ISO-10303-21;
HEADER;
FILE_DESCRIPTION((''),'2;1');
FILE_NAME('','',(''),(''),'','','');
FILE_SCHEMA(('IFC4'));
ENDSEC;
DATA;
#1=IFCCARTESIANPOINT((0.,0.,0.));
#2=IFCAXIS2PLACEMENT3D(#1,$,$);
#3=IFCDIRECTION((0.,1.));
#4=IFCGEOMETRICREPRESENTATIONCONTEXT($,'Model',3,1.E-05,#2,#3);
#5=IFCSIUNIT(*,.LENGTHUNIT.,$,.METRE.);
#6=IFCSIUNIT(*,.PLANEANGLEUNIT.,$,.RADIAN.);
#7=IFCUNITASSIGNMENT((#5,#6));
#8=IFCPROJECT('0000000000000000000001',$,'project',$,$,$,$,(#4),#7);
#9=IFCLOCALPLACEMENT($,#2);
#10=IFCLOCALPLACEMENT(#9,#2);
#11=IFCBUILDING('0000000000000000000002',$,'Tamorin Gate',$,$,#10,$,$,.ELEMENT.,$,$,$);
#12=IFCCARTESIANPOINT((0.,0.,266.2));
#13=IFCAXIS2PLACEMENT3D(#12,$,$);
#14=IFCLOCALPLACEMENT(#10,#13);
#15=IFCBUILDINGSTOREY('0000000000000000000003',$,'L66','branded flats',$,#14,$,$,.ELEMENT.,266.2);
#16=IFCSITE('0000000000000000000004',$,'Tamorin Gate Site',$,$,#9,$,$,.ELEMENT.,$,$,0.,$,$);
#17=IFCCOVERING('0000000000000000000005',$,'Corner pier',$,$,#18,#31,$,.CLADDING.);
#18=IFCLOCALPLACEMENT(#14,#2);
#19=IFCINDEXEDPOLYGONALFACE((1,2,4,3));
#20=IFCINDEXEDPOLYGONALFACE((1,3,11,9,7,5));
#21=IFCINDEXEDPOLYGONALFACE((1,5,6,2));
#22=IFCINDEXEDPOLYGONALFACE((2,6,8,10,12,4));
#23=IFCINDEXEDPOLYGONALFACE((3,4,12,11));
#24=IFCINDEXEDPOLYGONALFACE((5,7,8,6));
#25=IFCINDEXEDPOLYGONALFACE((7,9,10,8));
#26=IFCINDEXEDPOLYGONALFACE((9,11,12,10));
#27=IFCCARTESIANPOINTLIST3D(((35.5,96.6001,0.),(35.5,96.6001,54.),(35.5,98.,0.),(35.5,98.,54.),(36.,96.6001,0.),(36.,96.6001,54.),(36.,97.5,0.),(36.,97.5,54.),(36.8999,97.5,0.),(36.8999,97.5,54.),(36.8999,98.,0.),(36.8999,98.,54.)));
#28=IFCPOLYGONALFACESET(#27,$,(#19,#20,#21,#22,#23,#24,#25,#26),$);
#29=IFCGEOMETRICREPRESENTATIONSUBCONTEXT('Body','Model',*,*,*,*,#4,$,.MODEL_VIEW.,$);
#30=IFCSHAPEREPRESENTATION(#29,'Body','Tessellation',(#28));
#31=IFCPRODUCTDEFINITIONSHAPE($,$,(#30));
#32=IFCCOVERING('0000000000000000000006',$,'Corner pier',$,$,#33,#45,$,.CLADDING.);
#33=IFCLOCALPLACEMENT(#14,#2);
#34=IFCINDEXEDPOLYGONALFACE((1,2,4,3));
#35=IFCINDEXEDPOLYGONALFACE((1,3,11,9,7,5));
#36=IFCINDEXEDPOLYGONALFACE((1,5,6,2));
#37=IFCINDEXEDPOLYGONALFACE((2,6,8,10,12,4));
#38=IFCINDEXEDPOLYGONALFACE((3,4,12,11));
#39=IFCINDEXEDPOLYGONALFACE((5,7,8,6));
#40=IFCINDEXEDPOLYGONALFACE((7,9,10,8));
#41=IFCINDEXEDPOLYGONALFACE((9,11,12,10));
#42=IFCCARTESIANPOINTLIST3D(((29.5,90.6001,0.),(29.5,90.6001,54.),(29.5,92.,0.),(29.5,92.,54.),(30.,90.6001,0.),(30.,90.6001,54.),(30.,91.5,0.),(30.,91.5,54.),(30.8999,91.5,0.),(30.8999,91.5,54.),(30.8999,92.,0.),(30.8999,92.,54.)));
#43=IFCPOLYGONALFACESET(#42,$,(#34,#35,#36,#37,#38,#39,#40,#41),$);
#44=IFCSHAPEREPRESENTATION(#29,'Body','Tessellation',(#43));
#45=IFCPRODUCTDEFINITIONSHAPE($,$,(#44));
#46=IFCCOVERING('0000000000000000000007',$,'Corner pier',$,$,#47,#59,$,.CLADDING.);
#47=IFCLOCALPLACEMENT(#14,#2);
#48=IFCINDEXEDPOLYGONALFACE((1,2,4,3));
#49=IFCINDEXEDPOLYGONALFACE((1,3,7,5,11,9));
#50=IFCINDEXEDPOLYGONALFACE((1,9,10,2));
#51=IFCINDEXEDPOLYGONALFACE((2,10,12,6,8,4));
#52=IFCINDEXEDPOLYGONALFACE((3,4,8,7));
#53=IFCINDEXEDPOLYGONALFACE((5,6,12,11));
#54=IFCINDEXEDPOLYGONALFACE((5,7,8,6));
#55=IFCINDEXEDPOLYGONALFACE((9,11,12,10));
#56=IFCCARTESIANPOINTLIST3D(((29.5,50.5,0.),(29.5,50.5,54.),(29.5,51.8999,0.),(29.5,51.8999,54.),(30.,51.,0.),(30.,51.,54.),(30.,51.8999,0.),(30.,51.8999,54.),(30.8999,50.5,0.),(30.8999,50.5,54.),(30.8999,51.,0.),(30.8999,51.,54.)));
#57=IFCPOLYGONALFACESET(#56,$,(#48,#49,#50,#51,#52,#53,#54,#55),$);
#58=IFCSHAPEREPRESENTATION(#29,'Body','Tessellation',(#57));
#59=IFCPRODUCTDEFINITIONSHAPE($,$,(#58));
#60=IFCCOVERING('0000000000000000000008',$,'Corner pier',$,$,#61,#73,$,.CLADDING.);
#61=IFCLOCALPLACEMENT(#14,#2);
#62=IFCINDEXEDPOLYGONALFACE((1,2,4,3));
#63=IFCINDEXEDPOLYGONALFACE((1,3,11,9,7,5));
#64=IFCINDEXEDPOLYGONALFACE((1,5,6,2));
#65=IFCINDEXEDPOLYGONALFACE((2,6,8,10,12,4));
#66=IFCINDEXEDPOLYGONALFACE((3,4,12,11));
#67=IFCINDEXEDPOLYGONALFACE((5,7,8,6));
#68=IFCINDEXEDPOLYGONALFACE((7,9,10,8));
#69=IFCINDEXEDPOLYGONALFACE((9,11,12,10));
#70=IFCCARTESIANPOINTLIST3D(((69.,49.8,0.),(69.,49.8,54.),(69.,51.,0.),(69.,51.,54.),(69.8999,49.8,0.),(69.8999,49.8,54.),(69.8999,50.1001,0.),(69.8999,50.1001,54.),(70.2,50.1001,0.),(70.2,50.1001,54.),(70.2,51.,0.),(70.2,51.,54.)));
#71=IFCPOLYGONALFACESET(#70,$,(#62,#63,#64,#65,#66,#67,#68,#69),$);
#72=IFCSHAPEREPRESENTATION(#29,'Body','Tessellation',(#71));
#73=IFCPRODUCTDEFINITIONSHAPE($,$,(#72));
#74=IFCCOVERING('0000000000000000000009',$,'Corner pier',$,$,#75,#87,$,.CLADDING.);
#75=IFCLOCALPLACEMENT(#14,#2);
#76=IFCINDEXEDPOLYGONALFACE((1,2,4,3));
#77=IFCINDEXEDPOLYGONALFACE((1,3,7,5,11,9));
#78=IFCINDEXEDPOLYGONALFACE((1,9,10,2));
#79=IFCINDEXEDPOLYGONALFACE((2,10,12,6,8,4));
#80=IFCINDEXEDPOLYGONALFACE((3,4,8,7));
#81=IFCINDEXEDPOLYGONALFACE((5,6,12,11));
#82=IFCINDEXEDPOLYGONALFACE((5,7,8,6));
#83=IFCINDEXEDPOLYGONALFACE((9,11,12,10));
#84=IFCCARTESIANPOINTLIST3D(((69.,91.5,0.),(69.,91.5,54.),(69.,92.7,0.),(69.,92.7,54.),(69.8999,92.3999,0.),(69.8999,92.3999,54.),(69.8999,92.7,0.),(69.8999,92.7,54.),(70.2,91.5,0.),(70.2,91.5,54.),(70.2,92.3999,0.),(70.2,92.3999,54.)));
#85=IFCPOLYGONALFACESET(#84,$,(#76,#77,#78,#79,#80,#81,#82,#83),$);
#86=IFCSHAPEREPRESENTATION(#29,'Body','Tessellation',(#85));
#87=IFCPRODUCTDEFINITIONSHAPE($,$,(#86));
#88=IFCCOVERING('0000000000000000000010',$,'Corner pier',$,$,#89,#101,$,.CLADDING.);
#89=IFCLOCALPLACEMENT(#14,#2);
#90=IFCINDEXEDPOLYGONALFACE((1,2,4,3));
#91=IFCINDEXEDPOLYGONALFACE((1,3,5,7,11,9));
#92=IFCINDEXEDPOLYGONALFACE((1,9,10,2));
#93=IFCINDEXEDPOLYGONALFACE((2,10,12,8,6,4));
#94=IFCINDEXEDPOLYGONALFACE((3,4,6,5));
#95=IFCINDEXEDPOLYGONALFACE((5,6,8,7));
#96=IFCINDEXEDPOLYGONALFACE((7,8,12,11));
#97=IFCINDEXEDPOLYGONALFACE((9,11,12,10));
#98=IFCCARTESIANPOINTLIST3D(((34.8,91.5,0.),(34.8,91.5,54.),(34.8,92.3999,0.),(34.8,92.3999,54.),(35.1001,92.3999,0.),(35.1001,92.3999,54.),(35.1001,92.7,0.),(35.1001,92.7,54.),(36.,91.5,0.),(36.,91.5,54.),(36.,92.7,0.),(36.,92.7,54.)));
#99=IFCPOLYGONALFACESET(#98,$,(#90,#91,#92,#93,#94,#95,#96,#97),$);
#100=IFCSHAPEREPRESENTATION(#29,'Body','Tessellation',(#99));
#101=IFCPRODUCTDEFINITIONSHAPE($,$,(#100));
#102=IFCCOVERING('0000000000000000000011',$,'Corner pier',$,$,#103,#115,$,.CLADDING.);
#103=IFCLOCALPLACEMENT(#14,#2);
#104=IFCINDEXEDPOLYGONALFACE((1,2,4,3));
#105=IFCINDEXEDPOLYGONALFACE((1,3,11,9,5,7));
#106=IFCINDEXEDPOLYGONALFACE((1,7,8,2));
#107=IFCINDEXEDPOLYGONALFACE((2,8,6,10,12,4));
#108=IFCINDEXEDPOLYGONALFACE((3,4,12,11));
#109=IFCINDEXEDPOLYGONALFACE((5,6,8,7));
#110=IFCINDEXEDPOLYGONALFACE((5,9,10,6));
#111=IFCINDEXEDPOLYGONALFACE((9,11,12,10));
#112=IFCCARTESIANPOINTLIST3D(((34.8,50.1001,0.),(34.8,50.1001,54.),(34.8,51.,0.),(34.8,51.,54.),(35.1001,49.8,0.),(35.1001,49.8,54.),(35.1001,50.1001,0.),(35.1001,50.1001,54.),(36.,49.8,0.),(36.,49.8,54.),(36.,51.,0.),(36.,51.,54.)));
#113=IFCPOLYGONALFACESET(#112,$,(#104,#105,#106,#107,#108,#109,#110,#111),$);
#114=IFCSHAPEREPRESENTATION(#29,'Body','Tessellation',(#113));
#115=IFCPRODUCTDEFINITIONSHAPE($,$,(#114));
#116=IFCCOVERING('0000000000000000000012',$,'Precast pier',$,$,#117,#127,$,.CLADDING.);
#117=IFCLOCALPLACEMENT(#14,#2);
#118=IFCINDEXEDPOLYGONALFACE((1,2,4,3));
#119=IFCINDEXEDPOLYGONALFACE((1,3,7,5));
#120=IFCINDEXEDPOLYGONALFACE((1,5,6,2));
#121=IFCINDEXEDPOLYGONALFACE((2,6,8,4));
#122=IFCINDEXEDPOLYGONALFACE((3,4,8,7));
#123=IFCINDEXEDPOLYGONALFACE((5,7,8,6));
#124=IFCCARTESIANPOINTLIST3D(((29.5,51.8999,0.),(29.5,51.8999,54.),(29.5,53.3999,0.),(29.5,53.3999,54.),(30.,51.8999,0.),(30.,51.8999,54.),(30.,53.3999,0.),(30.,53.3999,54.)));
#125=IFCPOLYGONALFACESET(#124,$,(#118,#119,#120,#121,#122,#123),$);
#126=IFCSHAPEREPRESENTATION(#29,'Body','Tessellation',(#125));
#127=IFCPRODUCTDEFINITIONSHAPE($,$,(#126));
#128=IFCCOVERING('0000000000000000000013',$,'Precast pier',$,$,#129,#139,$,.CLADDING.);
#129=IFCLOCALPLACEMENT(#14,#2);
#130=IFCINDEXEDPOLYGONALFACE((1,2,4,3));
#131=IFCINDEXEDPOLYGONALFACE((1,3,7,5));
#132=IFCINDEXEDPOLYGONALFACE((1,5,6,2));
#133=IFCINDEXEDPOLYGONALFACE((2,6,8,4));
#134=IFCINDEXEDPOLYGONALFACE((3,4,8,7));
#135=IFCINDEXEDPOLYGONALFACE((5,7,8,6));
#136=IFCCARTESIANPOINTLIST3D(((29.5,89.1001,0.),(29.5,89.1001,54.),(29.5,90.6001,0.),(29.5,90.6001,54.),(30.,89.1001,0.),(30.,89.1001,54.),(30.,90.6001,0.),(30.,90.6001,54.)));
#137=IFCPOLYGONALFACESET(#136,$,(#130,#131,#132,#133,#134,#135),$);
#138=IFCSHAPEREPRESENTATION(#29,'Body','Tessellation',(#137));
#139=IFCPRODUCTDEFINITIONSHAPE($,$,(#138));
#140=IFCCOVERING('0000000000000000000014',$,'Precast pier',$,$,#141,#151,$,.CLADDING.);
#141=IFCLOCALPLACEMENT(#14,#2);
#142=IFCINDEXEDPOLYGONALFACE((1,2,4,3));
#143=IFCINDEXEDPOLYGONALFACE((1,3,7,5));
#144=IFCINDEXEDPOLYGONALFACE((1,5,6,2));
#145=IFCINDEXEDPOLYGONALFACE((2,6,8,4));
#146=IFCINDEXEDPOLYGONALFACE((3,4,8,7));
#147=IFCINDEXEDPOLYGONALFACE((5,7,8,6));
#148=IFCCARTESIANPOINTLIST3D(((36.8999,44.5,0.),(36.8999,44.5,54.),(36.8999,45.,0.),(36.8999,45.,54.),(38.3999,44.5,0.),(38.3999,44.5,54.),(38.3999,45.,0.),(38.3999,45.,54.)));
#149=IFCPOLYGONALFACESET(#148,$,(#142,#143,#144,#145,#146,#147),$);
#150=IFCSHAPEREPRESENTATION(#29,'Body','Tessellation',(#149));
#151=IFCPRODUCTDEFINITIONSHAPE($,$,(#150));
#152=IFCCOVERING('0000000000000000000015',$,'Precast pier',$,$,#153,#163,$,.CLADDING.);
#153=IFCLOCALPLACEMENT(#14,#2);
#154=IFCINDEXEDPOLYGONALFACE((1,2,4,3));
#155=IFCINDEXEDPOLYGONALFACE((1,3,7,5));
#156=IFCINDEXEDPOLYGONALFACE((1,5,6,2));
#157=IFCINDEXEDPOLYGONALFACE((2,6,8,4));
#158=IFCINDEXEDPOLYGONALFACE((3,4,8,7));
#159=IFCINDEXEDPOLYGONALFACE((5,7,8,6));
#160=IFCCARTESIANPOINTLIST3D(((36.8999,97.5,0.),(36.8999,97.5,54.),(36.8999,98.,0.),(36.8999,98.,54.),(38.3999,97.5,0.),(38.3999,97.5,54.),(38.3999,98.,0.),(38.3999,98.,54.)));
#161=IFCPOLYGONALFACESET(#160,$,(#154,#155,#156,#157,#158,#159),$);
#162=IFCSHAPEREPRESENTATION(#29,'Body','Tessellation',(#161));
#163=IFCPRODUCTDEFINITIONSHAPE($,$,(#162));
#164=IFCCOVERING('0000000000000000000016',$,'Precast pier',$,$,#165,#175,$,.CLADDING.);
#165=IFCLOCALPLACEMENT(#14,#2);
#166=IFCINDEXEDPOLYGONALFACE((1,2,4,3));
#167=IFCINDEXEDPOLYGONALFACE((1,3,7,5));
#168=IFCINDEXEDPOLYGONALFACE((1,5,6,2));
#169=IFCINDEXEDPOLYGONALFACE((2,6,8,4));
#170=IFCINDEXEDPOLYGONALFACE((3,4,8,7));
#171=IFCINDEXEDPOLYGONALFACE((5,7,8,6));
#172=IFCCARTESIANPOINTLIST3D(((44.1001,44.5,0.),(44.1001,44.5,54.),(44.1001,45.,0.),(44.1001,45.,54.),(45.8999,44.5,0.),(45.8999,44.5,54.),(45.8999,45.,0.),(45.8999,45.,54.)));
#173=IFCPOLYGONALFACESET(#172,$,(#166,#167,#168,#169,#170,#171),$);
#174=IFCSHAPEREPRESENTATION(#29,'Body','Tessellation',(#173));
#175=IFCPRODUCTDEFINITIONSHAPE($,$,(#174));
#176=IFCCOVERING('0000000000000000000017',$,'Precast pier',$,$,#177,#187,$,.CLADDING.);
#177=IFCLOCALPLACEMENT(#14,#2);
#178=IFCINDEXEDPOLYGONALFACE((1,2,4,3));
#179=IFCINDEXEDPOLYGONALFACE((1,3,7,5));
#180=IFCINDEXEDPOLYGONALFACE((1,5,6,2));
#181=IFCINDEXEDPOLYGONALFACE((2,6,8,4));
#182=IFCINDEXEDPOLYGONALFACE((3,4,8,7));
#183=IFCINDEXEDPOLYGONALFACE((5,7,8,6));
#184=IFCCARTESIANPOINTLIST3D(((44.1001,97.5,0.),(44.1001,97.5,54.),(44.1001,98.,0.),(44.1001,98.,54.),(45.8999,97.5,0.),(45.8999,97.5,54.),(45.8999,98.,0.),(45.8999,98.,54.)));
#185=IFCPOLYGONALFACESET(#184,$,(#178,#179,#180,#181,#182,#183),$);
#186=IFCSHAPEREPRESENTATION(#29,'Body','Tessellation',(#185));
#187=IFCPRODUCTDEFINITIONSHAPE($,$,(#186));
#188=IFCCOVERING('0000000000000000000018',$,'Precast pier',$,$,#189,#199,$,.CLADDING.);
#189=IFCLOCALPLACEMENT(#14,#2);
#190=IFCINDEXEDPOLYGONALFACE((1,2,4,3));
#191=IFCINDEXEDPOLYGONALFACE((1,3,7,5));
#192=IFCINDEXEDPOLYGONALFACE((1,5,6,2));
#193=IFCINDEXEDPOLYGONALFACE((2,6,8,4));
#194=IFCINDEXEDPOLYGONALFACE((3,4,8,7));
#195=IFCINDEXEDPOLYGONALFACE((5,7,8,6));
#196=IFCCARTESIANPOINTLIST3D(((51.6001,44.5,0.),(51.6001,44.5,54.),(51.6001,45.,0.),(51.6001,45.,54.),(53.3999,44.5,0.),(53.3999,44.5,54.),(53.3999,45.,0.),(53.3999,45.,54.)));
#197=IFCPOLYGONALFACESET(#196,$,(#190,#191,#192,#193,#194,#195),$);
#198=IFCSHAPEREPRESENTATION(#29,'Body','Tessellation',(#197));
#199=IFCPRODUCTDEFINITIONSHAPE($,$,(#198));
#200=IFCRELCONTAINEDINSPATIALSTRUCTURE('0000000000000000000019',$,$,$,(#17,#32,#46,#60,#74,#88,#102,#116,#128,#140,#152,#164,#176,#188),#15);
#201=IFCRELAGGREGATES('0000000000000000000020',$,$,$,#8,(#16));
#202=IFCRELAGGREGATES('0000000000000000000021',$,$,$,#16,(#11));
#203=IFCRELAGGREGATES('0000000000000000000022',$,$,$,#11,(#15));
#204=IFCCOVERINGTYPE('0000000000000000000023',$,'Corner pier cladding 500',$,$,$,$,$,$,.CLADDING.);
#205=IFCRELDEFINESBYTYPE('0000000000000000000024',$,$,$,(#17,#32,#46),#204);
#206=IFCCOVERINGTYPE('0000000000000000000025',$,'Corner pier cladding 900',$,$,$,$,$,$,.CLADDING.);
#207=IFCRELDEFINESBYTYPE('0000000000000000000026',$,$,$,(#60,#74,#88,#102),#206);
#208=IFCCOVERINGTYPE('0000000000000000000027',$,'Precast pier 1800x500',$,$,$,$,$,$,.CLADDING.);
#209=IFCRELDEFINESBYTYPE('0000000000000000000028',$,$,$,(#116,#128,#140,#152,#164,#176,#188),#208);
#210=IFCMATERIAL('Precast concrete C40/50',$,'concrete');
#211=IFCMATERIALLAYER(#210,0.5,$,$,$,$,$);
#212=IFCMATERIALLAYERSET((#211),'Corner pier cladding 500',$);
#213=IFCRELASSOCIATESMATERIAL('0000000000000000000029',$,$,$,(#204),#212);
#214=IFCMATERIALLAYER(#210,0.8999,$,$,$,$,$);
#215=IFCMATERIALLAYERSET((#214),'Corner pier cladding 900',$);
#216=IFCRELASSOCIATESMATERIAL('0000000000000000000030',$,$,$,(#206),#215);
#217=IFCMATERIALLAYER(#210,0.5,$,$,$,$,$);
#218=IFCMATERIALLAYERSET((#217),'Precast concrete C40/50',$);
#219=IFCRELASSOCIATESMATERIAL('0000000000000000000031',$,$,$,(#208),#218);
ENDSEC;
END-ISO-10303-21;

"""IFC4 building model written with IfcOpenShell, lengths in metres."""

from ifc_helpers import new_model, si_unit, direction, frame, origin, place, context, subcontext, project, spatial, polyline, outline, extrude, material, layer, layer_set, type_object, element, save


model = new_model("IFC4")

# Units and contexts
model_context = context("Model", 3, precision=1e-05, world=origin(), true_north=direction((0.0, 1.0)))
body_context = subcontext(model_context, "Body", "Model", "MODEL_VIEW")
ifc_project = project(units=[si_unit("LENGTHUNIT", "METRE"), si_unit("PLANEANGLEUNIT", "RADIAN")], contexts=[model_context])

# Site, building, storey
site_placement = place(None, origin())
site = spatial("IfcSite", under=ifc_project, at=site_placement, Name="Tamorin Gate Site", CompositionType="ELEMENT", RefElevation=0.0)
building_placement = place(site_placement, origin())
building = spatial("IfcBuilding", under=site, at=building_placement, Name="Tamorin Gate", CompositionType="ELEMENT")
storey_placement = place(building_placement, frame((0.0, 0.0, 266.2)))
storey = spatial("IfcBuildingStorey", under=building, at=storey_placement, Name="L66", Description="branded flats", CompositionType="ELEMENT", Elevation=266.2)

# Coverings
ifc_material_1 = material(Name="Precast concrete C40/50", Category="concrete")
ifc_layer_1 = layer(ifc_material_1, 0.5)
ifc_layer_set_1 = layer_set([ifc_layer_1], Name="Corner pier cladding 500")
covering_type_1 = type_object("IfcCoveringType", Name="Corner pier cladding 500", PredefinedType="CLADDING", material=ifc_layer_set_1)
covering_1_placement = place(storey_placement, origin())
element("IfcCovering", 1, at=covering_1_placement, inside=storey, type_object=covering_type_1, Name="Corner pier", PredefinedType="CLADDING", context=body_context, shape_type="SweptSolid", body=[
    extrude(outline(polyline([(35.5, 98.0), (36.8999, 98.0), (36.8999, 97.5), (36.0, 97.5), (36.0, 96.6001), (35.5, 96.6001), (35.5, 98.0)])), origin(), (0.0, 0.0, 1.0), 54.0),
])
covering_2_placement = place(storey_placement, origin())
element("IfcCovering", 2, at=covering_2_placement, inside=storey, type_object=covering_type_1, Name="Corner pier", PredefinedType="CLADDING", context=body_context, shape_type="SweptSolid", body=[
    extrude(outline(polyline([(29.5, 92.0), (30.8999, 92.0), (30.8999, 91.5), (30.0, 91.5), (30.0, 90.6001), (29.5, 90.6001), (29.5, 92.0)])), origin(), (0.0, 0.0, 1.0), 54.0),
])
covering_3_placement = place(storey_placement, origin())
element("IfcCovering", 3, at=covering_3_placement, inside=storey, type_object=covering_type_1, Name="Corner pier", PredefinedType="CLADDING", context=body_context, shape_type="SweptSolid", body=[
    extrude(outline(polyline([(29.5, 50.5), (29.5, 51.8999), (30.0, 51.8999), (30.0, 51.0), (30.8999, 51.0), (30.8999, 50.5), (29.5, 50.5)])), origin(), (0.0, 0.0, 1.0), 54.0),
])
ifc_layer_2 = layer(ifc_material_1, 0.8999)
ifc_layer_set_2 = layer_set([ifc_layer_2], Name="Corner pier cladding 900")
covering_type_2 = type_object("IfcCoveringType", Name="Corner pier cladding 900", PredefinedType="CLADDING", material=ifc_layer_set_2)
covering_4_placement = place(storey_placement, origin())
element("IfcCovering", 4, at=covering_4_placement, inside=storey, type_object=covering_type_2, Name="Corner pier", PredefinedType="CLADDING", context=body_context, shape_type="SweptSolid", body=[
    extrude(outline(polyline([(69.8999, 50.1001), (69.8999, 49.8), (69.0, 49.8), (69.0, 51.0), (70.2, 51.0), (70.2, 50.1001), (69.8999, 50.1001)])), origin(), (0.0, 0.0, 1.0), 54.0),
])
covering_5_placement = place(storey_placement, origin())
element("IfcCovering", 5, at=covering_5_placement, inside=storey, type_object=covering_type_2, Name="Corner pier", PredefinedType="CLADDING", context=body_context, shape_type="SweptSolid", body=[
    extrude(outline(polyline([(69.8999, 92.3999), (70.2, 92.3999), (70.2, 91.5), (69.0, 91.5), (69.0, 92.7), (69.8999, 92.7), (69.8999, 92.3999)])), origin(), (0.0, 0.0, 1.0), 54.0),
])
covering_6_placement = place(storey_placement, origin())
element("IfcCovering", 6, at=covering_6_placement, inside=storey, type_object=covering_type_2, Name="Corner pier", PredefinedType="CLADDING", context=body_context, shape_type="SweptSolid", body=[
    extrude(outline(polyline([(35.1001, 92.3999), (35.1001, 92.7), (36.0, 92.7), (36.0, 91.5), (34.8, 91.5), (34.8, 92.3999), (35.1001, 92.3999)])), origin(), (0.0, 0.0, 1.0), 54.0),
])
covering_7_placement = place(storey_placement, origin())
element("IfcCovering", 7, at=covering_7_placement, inside=storey, type_object=covering_type_2, Name="Corner pier", PredefinedType="CLADDING", context=body_context, shape_type="SweptSolid", body=[
    extrude(outline(polyline([(34.8, 50.1001), (34.8, 51.0), (36.0, 51.0), (36.0, 49.8), (35.1001, 49.8), (35.1001, 50.1001), (34.8, 50.1001)])), origin(), (0.0, 0.0, 1.0), 54.0),
])
ifc_layer_3 = layer(ifc_material_1, 0.5)
ifc_layer_set_3 = layer_set([ifc_layer_3], Name="Precast concrete C40/50")
covering_type_3 = type_object("IfcCoveringType", Name="Precast pier 1800x500", PredefinedType="CLADDING", material=ifc_layer_set_3)
covering_8_placement = place(storey_placement, origin())
element("IfcCovering", 8, at=covering_8_placement, inside=storey, type_object=covering_type_3, Name="Precast pier", PredefinedType="CLADDING", context=body_context, shape_type="SweptSolid", body=[
    extrude(outline(polyline([(30.0, 51.8999), (29.5, 51.8999), (29.5, 53.3999), (30.0, 53.3999), (30.0, 51.8999)])), origin(), (0.0, 0.0, 1.0), 54.0),
])
covering_9_placement = place(storey_placement, origin())
element("IfcCovering", 9, at=covering_9_placement, inside=storey, type_object=covering_type_3, Name="Precast pier", PredefinedType="CLADDING", context=body_context, shape_type="SweptSolid", body=[
    extrude(outline(polyline([(30.0, 89.1001), (29.5, 89.1001), (29.5, 90.6001), (30.0, 90.6001), (30.0, 89.1001)])), origin(), (0.0, 0.0, 1.0), 54.0),
])
covering_10_placement = place(storey_placement, origin())
element("IfcCovering", 10, at=covering_10_placement, inside=storey, type_object=covering_type_3, Name="Precast pier", PredefinedType="CLADDING", context=body_context, shape_type="SweptSolid", body=[
    extrude(outline(polyline([(38.3999, 45.0), (38.3999, 44.5), (36.8999, 44.5), (36.8999, 45.0), (38.3999, 45.0)])), origin(), (0.0, 0.0, 1.0), 54.0),
])
covering_11_placement = place(storey_placement, origin())
element("IfcCovering", 11, at=covering_11_placement, inside=storey, type_object=covering_type_3, Name="Precast pier", PredefinedType="CLADDING", context=body_context, shape_type="SweptSolid", body=[
    extrude(outline(polyline([(36.8999, 97.5), (36.8999, 98.0), (38.3999, 98.0), (38.3999, 97.5), (36.8999, 97.5)])), origin(), (0.0, 0.0, 1.0), 54.0),
])
covering_12_placement = place(storey_placement, origin())
element("IfcCovering", 12, at=covering_12_placement, inside=storey, type_object=covering_type_3, Name="Precast pier", PredefinedType="CLADDING", context=body_context, shape_type="SweptSolid", body=[
    extrude(outline(polyline([(44.1001, 45.0), (45.8999, 45.0), (45.8999, 44.5), (44.1001, 44.5), (44.1001, 45.0)])), origin(), (0.0, 0.0, 1.0), 54.0),
])
covering_13_placement = place(storey_placement, origin())
element("IfcCovering", 13, at=covering_13_placement, inside=storey, type_object=covering_type_3, Name="Precast pier", PredefinedType="CLADDING", context=body_context, shape_type="SweptSolid", body=[
    extrude(outline(polyline([(45.8999, 97.5), (44.1001, 97.5), (44.1001, 98.0), (45.8999, 98.0), (45.8999, 97.5)])), origin(), (0.0, 0.0, 1.0), 54.0),
])
covering_14_placement = place(storey_placement, origin())
element("IfcCovering", 14, at=covering_14_placement, inside=storey, type_object=covering_type_3, Name="Precast pier", PredefinedType="CLADDING", context=body_context, shape_type="SweptSolid", body=[
    extrude(outline(polyline([(51.6001, 45.0), (53.3999, 45.0), (53.3999, 44.5), (51.6001, 44.5), (51.6001, 45.0)])), origin(), (0.0, 0.0, 1.0), 54.0),
])

save(model, "model.ifc")
